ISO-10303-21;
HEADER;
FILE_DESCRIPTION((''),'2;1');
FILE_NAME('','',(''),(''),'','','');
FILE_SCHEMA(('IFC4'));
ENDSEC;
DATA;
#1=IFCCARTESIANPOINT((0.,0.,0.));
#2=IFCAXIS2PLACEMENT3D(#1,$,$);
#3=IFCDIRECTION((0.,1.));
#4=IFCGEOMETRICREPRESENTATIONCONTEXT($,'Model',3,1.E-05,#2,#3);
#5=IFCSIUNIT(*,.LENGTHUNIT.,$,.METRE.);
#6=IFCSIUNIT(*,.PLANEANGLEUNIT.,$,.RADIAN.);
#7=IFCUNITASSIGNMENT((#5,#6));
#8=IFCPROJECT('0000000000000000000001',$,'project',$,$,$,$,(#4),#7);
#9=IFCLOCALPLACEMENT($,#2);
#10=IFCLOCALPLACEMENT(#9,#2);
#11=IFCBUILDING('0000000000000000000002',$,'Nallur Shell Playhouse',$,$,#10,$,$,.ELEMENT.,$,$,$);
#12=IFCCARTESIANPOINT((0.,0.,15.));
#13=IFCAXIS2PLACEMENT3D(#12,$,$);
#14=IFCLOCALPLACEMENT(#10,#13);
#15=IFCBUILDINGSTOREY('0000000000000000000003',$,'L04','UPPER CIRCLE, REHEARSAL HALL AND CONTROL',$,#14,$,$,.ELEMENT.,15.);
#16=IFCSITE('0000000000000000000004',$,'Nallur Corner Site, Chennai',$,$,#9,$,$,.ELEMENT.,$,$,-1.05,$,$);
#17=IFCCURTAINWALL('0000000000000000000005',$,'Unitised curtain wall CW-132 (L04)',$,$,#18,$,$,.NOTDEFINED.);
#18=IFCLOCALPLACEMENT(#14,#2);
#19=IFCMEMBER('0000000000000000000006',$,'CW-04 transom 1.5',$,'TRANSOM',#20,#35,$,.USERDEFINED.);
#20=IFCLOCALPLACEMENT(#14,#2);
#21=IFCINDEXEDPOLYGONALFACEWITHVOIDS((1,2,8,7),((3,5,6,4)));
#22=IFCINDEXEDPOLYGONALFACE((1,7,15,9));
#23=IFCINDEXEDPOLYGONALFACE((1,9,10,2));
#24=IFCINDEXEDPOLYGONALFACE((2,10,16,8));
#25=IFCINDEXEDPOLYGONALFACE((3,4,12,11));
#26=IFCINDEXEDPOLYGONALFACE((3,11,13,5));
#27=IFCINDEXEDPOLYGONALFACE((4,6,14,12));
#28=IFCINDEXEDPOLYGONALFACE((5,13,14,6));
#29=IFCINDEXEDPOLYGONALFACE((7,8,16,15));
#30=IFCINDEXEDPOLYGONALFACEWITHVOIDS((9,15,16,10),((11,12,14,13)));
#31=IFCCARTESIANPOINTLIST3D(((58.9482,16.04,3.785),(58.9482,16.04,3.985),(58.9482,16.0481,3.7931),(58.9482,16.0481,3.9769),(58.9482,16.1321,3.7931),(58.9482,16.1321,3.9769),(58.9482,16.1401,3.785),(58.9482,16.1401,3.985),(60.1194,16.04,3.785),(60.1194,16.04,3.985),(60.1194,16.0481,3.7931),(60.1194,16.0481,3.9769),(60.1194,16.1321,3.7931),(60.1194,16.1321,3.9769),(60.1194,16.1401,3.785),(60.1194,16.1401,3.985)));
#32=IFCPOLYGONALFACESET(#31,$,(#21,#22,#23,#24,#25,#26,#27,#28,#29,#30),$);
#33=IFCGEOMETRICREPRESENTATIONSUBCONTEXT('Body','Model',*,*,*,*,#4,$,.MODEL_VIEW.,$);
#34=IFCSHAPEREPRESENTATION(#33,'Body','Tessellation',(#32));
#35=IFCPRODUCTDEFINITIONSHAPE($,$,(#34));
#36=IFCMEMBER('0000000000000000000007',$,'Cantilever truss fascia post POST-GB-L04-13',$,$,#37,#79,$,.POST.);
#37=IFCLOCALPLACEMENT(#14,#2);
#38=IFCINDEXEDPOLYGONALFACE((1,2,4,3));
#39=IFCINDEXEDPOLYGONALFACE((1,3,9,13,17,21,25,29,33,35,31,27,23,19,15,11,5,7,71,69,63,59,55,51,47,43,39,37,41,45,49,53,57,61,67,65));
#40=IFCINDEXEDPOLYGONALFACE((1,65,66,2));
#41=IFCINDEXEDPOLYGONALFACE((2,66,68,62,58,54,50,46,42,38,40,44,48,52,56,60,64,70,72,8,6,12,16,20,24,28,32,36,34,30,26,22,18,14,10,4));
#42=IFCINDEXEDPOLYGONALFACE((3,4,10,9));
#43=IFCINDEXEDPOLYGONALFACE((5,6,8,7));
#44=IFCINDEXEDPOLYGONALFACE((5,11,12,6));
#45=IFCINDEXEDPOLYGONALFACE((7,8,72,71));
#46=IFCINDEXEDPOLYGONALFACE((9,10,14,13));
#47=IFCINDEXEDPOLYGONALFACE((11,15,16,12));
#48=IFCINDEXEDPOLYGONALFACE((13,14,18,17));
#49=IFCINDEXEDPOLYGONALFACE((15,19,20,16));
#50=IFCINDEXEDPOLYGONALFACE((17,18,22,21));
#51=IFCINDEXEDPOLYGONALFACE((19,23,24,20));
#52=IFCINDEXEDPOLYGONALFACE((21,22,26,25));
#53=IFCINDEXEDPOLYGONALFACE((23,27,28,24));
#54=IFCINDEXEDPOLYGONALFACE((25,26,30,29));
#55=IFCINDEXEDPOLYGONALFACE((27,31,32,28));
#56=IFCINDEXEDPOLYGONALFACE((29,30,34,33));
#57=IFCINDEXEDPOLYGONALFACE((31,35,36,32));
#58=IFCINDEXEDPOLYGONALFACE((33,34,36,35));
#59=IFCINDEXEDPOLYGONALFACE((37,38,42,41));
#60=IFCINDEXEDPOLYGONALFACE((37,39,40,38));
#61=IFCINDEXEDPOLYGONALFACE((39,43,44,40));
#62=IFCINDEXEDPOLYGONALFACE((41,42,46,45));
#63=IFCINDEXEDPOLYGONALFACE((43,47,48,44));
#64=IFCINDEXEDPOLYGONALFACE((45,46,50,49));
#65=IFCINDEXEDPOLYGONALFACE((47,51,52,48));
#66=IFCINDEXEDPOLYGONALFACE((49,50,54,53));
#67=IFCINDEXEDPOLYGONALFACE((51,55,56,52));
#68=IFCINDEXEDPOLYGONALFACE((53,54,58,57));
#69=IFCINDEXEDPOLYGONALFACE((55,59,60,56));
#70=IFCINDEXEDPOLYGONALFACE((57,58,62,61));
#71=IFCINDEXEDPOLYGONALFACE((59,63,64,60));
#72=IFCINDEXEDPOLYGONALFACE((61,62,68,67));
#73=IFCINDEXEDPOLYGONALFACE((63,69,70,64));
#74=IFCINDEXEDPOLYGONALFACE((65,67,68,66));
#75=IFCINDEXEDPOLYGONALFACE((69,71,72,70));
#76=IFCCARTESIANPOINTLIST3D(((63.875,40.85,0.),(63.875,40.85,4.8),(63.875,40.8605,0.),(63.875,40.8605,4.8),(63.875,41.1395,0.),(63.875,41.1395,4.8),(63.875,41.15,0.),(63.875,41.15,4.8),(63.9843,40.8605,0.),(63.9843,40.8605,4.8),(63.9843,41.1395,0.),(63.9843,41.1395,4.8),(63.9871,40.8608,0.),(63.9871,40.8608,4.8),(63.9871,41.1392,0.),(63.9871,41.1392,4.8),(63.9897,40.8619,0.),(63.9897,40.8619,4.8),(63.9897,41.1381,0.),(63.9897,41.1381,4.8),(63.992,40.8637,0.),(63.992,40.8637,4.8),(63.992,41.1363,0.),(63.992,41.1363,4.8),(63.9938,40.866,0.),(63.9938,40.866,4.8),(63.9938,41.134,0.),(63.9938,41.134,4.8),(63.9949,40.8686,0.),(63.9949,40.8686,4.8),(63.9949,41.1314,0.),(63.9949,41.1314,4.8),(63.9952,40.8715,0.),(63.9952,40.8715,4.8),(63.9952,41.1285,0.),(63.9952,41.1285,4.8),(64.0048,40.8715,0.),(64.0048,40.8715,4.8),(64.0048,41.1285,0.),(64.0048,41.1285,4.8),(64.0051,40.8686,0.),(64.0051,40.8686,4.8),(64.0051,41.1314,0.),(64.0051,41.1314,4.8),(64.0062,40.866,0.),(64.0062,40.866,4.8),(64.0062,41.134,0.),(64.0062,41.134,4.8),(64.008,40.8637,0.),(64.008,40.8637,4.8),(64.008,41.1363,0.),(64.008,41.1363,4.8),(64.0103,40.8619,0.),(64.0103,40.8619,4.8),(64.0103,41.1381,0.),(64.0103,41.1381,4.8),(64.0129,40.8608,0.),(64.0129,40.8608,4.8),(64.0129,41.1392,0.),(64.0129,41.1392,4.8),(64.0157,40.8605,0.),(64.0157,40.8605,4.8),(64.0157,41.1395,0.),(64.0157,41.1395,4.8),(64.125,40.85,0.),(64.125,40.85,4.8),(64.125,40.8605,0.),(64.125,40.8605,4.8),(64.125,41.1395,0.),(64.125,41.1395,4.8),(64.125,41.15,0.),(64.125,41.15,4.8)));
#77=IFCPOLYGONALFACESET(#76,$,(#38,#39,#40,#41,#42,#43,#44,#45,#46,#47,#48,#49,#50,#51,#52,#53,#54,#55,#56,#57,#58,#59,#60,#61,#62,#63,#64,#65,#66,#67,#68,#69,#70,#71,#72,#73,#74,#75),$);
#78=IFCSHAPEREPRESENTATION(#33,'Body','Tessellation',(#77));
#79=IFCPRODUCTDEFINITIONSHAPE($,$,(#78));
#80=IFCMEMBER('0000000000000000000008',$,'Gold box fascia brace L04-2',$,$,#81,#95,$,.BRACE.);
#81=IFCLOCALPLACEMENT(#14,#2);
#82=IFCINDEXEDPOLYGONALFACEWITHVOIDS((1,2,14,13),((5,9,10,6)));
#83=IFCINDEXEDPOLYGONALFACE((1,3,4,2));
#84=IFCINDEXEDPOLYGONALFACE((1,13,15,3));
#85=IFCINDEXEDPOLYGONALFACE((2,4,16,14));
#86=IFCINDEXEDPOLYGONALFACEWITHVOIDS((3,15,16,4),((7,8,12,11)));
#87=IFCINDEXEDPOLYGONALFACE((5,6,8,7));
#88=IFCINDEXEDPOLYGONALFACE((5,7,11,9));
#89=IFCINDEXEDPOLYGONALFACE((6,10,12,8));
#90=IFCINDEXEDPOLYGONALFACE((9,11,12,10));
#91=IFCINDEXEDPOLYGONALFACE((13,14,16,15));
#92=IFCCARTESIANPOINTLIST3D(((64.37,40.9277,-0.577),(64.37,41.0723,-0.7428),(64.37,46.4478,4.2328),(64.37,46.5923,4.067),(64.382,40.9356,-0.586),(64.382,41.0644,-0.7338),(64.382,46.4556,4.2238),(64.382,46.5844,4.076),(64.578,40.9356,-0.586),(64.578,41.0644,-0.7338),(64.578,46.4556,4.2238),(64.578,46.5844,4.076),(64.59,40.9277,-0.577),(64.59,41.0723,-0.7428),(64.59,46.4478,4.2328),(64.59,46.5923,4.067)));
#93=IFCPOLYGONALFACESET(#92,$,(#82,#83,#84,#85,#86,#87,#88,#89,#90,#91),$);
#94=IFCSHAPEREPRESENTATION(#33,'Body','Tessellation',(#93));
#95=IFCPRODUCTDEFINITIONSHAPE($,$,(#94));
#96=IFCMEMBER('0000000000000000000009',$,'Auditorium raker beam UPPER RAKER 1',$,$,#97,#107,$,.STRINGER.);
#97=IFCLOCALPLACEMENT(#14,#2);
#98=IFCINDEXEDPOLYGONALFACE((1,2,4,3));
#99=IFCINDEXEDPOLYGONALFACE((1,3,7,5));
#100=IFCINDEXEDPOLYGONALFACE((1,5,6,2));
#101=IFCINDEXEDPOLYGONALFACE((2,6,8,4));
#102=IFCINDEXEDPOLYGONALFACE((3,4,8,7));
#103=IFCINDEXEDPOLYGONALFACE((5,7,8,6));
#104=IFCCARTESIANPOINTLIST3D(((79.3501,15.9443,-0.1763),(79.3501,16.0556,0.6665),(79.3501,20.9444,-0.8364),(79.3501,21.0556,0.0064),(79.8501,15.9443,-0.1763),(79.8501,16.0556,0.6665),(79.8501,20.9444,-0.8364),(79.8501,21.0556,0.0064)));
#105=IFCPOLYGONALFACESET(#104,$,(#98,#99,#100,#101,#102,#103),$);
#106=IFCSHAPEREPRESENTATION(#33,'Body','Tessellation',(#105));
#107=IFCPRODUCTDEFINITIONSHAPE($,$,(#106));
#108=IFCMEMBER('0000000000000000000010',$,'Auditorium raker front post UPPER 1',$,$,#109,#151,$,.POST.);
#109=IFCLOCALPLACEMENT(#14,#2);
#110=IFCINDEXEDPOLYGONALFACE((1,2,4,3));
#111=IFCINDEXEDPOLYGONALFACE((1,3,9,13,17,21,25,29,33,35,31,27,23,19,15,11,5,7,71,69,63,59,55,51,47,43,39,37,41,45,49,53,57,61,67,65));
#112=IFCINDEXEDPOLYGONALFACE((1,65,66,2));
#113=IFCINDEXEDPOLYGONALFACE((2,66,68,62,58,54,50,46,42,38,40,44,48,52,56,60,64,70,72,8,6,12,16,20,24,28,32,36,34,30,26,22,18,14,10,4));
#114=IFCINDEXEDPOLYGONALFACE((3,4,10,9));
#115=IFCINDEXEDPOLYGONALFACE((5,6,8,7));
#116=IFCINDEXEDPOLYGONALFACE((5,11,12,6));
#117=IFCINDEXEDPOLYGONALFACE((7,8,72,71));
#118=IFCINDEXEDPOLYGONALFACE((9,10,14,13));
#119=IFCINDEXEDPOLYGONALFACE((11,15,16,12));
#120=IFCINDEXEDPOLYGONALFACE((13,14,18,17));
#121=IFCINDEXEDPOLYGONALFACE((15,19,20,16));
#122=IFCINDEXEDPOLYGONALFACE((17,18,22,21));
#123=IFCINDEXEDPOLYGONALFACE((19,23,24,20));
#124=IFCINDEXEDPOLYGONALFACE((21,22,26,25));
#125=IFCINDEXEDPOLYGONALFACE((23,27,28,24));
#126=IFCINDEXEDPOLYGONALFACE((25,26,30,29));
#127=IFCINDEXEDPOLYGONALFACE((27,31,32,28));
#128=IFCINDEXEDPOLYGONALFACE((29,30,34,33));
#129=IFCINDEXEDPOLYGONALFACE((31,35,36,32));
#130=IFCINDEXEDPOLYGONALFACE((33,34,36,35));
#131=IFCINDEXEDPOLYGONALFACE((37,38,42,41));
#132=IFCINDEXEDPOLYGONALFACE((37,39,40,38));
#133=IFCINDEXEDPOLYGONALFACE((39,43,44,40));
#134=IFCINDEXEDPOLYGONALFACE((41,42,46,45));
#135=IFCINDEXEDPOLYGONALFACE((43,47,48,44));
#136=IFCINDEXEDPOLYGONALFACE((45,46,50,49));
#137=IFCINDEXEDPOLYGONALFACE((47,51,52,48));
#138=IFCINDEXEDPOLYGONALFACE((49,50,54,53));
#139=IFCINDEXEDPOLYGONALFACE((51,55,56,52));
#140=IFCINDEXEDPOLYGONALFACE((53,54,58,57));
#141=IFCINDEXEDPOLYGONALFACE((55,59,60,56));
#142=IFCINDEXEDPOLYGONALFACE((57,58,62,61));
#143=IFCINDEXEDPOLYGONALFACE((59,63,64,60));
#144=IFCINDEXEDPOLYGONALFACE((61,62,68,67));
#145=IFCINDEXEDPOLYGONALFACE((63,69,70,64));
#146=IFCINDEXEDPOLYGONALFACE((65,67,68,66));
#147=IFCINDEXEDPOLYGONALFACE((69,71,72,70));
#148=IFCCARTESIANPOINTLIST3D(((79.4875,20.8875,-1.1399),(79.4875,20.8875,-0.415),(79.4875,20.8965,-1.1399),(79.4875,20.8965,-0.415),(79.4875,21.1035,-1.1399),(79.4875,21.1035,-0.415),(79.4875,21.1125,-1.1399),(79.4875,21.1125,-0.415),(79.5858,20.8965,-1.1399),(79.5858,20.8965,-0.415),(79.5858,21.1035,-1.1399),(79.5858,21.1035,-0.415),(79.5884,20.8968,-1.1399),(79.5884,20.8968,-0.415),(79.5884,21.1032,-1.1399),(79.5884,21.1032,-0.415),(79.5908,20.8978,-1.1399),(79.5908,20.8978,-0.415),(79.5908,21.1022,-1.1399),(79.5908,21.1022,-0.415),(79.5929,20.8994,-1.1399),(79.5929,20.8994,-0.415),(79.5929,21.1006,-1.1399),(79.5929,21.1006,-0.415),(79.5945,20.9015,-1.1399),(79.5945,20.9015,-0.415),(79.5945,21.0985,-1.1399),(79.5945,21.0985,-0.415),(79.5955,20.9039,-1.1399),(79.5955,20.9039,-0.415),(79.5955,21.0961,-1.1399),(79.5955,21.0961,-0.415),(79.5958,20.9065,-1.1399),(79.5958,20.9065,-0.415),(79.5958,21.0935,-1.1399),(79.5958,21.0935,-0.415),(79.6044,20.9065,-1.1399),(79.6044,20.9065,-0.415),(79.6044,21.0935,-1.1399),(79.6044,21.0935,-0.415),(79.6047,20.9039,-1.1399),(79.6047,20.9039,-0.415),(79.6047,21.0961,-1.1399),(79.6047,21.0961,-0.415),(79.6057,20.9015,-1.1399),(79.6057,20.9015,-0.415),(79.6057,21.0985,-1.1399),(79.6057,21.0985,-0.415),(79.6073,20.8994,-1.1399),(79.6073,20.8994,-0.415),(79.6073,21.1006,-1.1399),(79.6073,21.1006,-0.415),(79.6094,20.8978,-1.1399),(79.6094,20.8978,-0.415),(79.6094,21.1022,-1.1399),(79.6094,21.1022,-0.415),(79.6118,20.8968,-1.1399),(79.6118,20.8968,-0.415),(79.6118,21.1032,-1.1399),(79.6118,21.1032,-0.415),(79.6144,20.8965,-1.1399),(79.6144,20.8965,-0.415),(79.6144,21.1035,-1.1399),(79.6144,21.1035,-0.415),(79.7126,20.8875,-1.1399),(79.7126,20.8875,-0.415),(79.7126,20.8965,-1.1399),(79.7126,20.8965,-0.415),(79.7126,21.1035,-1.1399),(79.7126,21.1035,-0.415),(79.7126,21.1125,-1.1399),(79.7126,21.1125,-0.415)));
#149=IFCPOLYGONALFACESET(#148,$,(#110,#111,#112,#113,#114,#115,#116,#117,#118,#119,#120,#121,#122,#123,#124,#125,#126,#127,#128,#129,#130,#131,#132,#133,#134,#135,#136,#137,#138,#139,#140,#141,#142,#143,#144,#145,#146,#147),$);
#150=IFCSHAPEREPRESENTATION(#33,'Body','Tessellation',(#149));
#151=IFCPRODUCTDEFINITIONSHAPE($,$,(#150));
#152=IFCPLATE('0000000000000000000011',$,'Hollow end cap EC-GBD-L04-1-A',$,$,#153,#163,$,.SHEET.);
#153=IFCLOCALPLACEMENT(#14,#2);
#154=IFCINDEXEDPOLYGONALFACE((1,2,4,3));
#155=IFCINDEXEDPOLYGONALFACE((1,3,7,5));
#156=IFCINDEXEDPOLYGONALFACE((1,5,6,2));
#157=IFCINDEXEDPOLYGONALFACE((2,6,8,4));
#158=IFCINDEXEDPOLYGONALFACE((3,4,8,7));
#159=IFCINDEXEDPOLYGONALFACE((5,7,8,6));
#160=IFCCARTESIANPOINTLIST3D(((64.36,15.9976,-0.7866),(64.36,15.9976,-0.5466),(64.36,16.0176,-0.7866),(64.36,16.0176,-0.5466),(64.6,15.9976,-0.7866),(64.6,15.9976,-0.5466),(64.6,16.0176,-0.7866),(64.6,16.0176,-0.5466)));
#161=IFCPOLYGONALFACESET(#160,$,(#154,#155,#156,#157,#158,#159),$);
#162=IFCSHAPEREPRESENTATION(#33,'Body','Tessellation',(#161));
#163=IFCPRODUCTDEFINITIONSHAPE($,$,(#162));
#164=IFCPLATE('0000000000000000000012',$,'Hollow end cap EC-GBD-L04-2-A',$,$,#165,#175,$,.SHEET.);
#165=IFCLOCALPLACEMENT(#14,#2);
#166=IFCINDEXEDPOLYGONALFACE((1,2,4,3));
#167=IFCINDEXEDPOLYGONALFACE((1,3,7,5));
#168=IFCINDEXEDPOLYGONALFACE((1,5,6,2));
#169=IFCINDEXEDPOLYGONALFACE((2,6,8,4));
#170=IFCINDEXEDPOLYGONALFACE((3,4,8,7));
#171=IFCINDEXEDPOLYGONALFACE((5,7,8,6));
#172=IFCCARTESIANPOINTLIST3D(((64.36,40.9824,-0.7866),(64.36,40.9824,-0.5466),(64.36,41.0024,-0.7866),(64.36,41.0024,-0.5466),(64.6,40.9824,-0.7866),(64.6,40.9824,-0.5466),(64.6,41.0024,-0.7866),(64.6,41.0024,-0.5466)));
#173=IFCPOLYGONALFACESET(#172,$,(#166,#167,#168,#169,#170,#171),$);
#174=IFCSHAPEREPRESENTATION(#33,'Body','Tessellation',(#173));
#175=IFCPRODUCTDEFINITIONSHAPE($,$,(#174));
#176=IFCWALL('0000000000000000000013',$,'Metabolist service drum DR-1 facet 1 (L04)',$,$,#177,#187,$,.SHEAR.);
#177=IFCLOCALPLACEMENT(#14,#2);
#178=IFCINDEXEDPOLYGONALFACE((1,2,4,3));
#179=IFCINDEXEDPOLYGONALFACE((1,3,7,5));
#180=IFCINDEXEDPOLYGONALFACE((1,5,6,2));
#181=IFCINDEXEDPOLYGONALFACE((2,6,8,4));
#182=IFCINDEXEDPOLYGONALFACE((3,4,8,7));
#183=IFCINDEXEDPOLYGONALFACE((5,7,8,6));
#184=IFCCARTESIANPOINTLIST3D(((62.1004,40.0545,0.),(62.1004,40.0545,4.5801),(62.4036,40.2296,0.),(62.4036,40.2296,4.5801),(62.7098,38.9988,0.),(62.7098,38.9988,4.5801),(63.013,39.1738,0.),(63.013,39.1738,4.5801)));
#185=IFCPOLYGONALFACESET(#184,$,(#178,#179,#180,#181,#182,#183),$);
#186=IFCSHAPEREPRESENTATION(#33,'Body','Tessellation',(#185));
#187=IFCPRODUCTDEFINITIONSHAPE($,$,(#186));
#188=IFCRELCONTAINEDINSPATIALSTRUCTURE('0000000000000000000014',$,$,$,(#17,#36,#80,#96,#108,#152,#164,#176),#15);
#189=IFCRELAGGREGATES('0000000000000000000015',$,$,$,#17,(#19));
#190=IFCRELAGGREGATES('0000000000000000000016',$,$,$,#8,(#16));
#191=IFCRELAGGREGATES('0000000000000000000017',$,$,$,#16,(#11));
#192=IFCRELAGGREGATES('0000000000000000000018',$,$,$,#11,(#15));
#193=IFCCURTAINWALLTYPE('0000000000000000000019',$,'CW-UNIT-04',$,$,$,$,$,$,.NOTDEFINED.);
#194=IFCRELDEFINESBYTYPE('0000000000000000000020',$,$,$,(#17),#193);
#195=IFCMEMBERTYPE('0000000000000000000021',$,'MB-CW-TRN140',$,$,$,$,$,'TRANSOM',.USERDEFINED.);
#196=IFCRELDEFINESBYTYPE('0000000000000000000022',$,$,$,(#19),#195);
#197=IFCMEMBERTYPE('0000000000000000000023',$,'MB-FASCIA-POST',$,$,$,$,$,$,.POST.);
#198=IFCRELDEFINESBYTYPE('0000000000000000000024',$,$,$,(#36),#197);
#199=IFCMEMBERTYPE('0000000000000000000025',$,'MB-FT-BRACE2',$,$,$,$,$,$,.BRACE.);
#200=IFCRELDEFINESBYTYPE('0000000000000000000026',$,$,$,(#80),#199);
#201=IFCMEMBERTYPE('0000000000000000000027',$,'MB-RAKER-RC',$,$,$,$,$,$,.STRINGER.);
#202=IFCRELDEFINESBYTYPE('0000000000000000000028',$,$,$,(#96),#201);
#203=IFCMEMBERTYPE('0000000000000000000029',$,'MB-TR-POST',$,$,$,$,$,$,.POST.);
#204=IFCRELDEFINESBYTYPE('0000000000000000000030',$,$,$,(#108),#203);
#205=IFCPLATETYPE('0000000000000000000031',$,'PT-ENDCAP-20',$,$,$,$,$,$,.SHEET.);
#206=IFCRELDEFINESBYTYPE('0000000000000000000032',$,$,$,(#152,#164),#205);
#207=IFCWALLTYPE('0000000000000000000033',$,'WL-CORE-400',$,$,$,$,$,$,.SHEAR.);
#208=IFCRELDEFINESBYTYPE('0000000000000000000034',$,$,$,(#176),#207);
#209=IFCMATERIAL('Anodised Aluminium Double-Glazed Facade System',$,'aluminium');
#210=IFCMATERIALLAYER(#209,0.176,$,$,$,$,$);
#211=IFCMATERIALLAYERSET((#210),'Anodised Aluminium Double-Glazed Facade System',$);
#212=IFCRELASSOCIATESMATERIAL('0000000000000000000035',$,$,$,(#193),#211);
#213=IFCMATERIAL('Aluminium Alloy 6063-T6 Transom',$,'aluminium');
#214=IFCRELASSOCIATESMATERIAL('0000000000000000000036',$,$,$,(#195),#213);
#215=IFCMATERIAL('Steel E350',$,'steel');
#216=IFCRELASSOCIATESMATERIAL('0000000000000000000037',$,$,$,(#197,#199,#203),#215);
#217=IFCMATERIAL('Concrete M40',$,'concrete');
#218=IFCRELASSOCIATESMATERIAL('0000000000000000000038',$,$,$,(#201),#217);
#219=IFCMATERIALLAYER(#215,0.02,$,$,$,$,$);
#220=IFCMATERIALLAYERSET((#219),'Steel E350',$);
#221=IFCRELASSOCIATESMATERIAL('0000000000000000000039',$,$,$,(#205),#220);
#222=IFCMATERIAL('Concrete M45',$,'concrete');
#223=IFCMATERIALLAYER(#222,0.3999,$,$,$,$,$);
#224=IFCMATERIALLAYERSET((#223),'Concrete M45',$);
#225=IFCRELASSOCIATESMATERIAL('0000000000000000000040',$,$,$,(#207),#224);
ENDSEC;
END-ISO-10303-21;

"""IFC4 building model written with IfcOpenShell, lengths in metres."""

from ifc_helpers import new_model, si_unit, direction, frame, frame_2d, origin, origin_2d, place, context, subcontext, project, spatial, rectangle, hollow_rectangle, i_section, extrude, material, layer, layer_set, material_profile, profile_set, type_object, element, aggregate, save


model = new_model("IFC4")

# Units and contexts
model_context = context("Model", 3, precision=1e-05, world=origin(), true_north=direction((0.0, 1.0)))
body_context = subcontext(model_context, "Body", "Model", "MODEL_VIEW")
ifc_project = project(units=[si_unit("LENGTHUNIT", "METRE"), si_unit("PLANEANGLEUNIT", "RADIAN")], contexts=[model_context])

# Site, building, storey
site_placement = place(None, origin())
site = spatial("IfcSite", under=ifc_project, at=site_placement, Name="Nallur Corner Site, Chennai", CompositionType="ELEMENT", RefElevation=-1.05)
building_placement = place(site_placement, origin())
building = spatial("IfcBuilding", under=site, at=building_placement, Name="Nallur Shell Playhouse", CompositionType="ELEMENT")
storey_placement = place(building_placement, frame((0.0, 0.0, 15.0)))
storey = spatial("IfcBuildingStorey", under=building, at=storey_placement, Name="L04", Description="UPPER CIRCLE, REHEARSAL HALL AND CONTROL", CompositionType="ELEMENT", Elevation=15.0)

# Shared definitions
ifc_material_1 = material(Name="Concrete M45", Category="concrete")

# Shared definitions
ifc_material_2 = material(Name="Concrete M40", Category="concrete")
ifc_material_3 = material(Name="Steel E350", Category="steel")

# Curtain wall, member
ifc_material_4 = material(Name="Anodised Aluminium Double-Glazed Facade System", Category="aluminium")
ifc_layer_1 = layer(ifc_material_4, 0.176)
ifc_layer_set_1 = layer_set([ifc_layer_1], Name="Anodised Aluminium Double-Glazed Facade System")
curtain_wall_type = type_object("IfcCurtainWallType", Name="CW-UNIT-04", PredefinedType="NOTDEFINED", material=ifc_layer_set_1)
curtain_wall_placement = place(storey_placement, origin())
curtain_wall = element("IfcCurtainWall", 1, at=curtain_wall_placement, inside=storey, type_object=curtain_wall_type, Name="Unitised curtain wall CW-132 (L04)", PredefinedType="NOTDEFINED")
ifc_material_5 = material(Name="Aluminium Alloy 6063-T6 Transom", Category="aluminium")
ifc_material_profile_1 = material_profile(ifc_material_5, hollow_rectangle(XDim=0.1001, YDim=0.2, WallThickness=0.0081, at=origin_2d()), Name="RHS 200x100x8")
ifc_profile_set_1 = profile_set([ifc_material_profile_1], Name="Aluminium Alloy 6063-T6 Transom")
member_type_1 = type_object("IfcMemberType", Name="MB-CW-TRN140", ElementType="TRANSOM", PredefinedType="USERDEFINED", material=ifc_profile_set_1)
member_1_placement = place(storey_placement, frame((60.1194, 16.0901, 3.885), z_axis=(-1.0, 0.0, 0.0), x_axis=(0.0, -1.0, 0.0)))
member_1 = element("IfcMember", 2, at=member_1_placement, type_object=member_type_1, Name="CW-04 transom 1.5", ObjectType="TRANSOM", PredefinedType="USERDEFINED", context=body_context, shape_type="SweptSolid", body=[
    extrude(hollow_rectangle(XDim=0.1001, YDim=0.2, WallThickness=0.0081, at=origin_2d()), origin(), (0.0, 0.0, 1.0), 1.1711),
])
aggregate(curtain_wall, [member_1])

# Members
ifc_material_profile_2 = material_profile(ifc_material_3, i_section(OverallWidth=0.25, OverallDepth=0.3, WebThickness=0.0095, FlangeThickness=0.0105, FilletRadius=0.011, at=origin_2d()), Name="ISHB 300")
ifc_profile_set_2 = profile_set([ifc_material_profile_2], Name="Steel E350")
member_type_2 = type_object("IfcMemberType", Name="MB-FASCIA-POST", PredefinedType="POST", material=ifc_profile_set_2)
member_2_placement = place(storey_placement, frame((64.0, 41.0, 0.0), z_axis=(0.0, 0.0, 1.0), x_axis=(1.0, 0.0, 0.0)))
element("IfcMember", 3, at=member_2_placement, inside=storey, type_object=member_type_2, Name="Cantilever truss fascia post POST-GB-L04-13", PredefinedType="POST", context=body_context, shape_type="SweptSolid", body=[
    extrude(i_section(OverallWidth=0.25, OverallDepth=0.3, WebThickness=0.0095, FlangeThickness=0.0105, FilletRadius=0.011, at=origin_2d()), origin(), (0.0, 0.0, 1.0), 4.8),
])
ifc_material_profile_3 = material_profile(ifc_material_3, hollow_rectangle(XDim=0.22, YDim=0.22, WallThickness=0.012, at=origin_2d()), Name="SHS 220x220x12")
ifc_profile_set_3 = profile_set([ifc_material_profile_3], Name="Steel E350")
member_type_3 = type_object("IfcMemberType", Name="MB-FT-BRACE2", PredefinedType="BRACE", material=ifc_profile_set_3)
member_3_placement = place(storey_placement, frame((64.48, 41.0, -0.6599), z_axis=(0.0, 0.753943, 0.65694), x_axis=(-1.0, 0.0, 0.0)))
element("IfcMember", 4, at=member_3_placement, inside=storey, type_object=member_type_3, Name="Gold box fascia brace L04-2", PredefinedType="BRACE", context=body_context, shape_type="SweptSolid", body=[
    extrude(hollow_rectangle(XDim=0.22, YDim=0.22, WallThickness=0.012, at=origin_2d()), origin(), (0.0, 0.0, 1.0), 7.3215),
])
ifc_material_profile_4 = material_profile(ifc_material_2, rectangle(XDim=0.5, YDim=0.8501, at=origin_2d()), Name="RC 500x850")
ifc_profile_set_4 = profile_set([ifc_material_profile_4], Name="Concrete M40")
member_type_4 = type_object("IfcMemberType", Name="MB-RAKER-RC", PredefinedType="STRINGER", material=ifc_profile_set_4)
member_4_placement = place(storey_placement, frame((79.6001, 21.0, -0.415), z_axis=(0.0, -0.991396, 0.130895), x_axis=(1.0, 0.0, 0.0)))
element("IfcMember", 5, at=member_4_placement, inside=storey, type_object=member_type_4, Name="Auditorium raker beam UPPER RAKER 1", PredefinedType="STRINGER", context=body_context, shape_type="SweptSolid", body=[
    extrude(rectangle(XDim=0.5, YDim=0.8501, at=origin_2d()), origin(), (0.0, 0.0, 1.0), 5.0435),
])
ifc_material_profile_5 = material_profile(ifc_material_3, i_section(OverallWidth=0.2251, OverallDepth=0.2251, WebThickness=0.0085, FlangeThickness=0.009, FilletRadius=0.01, at=origin_2d()), Name="ISHB 225")
ifc_profile_set_5 = profile_set([ifc_material_profile_5], Name="Steel E350")
member_type_5 = type_object("IfcMemberType", Name="MB-TR-POST", PredefinedType="POST", material=ifc_profile_set_5)
member_5_placement = place(storey_placement, frame((79.6001, 21.0, -1.1399), z_axis=(0.0, 0.0, 1.0), x_axis=(1.0, 0.0, 0.0)))
element("IfcMember", 6, at=member_5_placement, inside=storey, type_object=member_type_5, Name="Auditorium raker front post UPPER 1", PredefinedType="POST", context=body_context, shape_type="SweptSolid", body=[
    extrude(i_section(OverallWidth=0.2251, OverallDepth=0.2251, WebThickness=0.0085, FlangeThickness=0.009, FilletRadius=0.01, at=origin_2d()), origin(), (0.0, 0.0, 1.0), 0.7249),
])

# Plates
ifc_layer_2 = layer(ifc_material_3, 0.02)
ifc_layer_set_2 = layer_set([ifc_layer_2], Name="Steel E350")
plate_type = type_object("IfcPlateType", Name="PT-ENDCAP-20", PredefinedType="SHEET", material=ifc_layer_set_2)
for number, where, z_axis, x_axis, name in (
    (7, (64.48, 16.0076, -0.7866), (0.0, 0.0, 1.0), (1.0, 0.0, 0.0), "Hollow end cap EC-GBD-L04-1-A"),
    (8, (64.48, 40.9924, -0.7866), (0.0, 0.0, 1.0), (1.0, 0.0, 0.0), "Hollow end cap EC-GBD-L04-2-A"),
):
    element("IfcPlate", number, at=place(storey_placement, frame(where, z_axis=z_axis, x_axis=x_axis)), inside=storey, type_object=plate_type, Name=name, PredefinedType="SHEET", context=body_context, shape_type="SweptSolid", body=[
        extrude(rectangle(XDim=0.24, YDim=0.02, at=origin_2d()), origin(), (0.0, 0.0, 1.0), 0.24),
    ])

# Wall
ifc_layer_3 = layer(ifc_material_1, 0.3999)
ifc_layer_set_3 = layer_set([ifc_layer_3], Name="Concrete M45")
wall_type_1 = type_object("IfcWallType", Name="WL-CORE-400", PredefinedType="SHEAR", material=ifc_layer_set_3)
wall_1_placement = place(storey_placement, frame((62.8613, 39.0864, 0.0), z_axis=(0.0, 0.0, 1.0), x_axis=(-0.499931, 0.866066, 0.0)))
element("IfcWall", 9, at=wall_1_placement, inside=storey, type_object=wall_type_1, Name="Metabolist service drum DR-1 facet 1 (L04)", PredefinedType="SHEAR", context=body_context, shape_type="SweptSolid", body=[
    extrude(rectangle(XDim=1.219, YDim=0.3501, at=frame_2d((0.6094, 0.0))), origin(), (0.0, 0.0, 1.0), 4.5801),
])

save(model, "model.ifc")
